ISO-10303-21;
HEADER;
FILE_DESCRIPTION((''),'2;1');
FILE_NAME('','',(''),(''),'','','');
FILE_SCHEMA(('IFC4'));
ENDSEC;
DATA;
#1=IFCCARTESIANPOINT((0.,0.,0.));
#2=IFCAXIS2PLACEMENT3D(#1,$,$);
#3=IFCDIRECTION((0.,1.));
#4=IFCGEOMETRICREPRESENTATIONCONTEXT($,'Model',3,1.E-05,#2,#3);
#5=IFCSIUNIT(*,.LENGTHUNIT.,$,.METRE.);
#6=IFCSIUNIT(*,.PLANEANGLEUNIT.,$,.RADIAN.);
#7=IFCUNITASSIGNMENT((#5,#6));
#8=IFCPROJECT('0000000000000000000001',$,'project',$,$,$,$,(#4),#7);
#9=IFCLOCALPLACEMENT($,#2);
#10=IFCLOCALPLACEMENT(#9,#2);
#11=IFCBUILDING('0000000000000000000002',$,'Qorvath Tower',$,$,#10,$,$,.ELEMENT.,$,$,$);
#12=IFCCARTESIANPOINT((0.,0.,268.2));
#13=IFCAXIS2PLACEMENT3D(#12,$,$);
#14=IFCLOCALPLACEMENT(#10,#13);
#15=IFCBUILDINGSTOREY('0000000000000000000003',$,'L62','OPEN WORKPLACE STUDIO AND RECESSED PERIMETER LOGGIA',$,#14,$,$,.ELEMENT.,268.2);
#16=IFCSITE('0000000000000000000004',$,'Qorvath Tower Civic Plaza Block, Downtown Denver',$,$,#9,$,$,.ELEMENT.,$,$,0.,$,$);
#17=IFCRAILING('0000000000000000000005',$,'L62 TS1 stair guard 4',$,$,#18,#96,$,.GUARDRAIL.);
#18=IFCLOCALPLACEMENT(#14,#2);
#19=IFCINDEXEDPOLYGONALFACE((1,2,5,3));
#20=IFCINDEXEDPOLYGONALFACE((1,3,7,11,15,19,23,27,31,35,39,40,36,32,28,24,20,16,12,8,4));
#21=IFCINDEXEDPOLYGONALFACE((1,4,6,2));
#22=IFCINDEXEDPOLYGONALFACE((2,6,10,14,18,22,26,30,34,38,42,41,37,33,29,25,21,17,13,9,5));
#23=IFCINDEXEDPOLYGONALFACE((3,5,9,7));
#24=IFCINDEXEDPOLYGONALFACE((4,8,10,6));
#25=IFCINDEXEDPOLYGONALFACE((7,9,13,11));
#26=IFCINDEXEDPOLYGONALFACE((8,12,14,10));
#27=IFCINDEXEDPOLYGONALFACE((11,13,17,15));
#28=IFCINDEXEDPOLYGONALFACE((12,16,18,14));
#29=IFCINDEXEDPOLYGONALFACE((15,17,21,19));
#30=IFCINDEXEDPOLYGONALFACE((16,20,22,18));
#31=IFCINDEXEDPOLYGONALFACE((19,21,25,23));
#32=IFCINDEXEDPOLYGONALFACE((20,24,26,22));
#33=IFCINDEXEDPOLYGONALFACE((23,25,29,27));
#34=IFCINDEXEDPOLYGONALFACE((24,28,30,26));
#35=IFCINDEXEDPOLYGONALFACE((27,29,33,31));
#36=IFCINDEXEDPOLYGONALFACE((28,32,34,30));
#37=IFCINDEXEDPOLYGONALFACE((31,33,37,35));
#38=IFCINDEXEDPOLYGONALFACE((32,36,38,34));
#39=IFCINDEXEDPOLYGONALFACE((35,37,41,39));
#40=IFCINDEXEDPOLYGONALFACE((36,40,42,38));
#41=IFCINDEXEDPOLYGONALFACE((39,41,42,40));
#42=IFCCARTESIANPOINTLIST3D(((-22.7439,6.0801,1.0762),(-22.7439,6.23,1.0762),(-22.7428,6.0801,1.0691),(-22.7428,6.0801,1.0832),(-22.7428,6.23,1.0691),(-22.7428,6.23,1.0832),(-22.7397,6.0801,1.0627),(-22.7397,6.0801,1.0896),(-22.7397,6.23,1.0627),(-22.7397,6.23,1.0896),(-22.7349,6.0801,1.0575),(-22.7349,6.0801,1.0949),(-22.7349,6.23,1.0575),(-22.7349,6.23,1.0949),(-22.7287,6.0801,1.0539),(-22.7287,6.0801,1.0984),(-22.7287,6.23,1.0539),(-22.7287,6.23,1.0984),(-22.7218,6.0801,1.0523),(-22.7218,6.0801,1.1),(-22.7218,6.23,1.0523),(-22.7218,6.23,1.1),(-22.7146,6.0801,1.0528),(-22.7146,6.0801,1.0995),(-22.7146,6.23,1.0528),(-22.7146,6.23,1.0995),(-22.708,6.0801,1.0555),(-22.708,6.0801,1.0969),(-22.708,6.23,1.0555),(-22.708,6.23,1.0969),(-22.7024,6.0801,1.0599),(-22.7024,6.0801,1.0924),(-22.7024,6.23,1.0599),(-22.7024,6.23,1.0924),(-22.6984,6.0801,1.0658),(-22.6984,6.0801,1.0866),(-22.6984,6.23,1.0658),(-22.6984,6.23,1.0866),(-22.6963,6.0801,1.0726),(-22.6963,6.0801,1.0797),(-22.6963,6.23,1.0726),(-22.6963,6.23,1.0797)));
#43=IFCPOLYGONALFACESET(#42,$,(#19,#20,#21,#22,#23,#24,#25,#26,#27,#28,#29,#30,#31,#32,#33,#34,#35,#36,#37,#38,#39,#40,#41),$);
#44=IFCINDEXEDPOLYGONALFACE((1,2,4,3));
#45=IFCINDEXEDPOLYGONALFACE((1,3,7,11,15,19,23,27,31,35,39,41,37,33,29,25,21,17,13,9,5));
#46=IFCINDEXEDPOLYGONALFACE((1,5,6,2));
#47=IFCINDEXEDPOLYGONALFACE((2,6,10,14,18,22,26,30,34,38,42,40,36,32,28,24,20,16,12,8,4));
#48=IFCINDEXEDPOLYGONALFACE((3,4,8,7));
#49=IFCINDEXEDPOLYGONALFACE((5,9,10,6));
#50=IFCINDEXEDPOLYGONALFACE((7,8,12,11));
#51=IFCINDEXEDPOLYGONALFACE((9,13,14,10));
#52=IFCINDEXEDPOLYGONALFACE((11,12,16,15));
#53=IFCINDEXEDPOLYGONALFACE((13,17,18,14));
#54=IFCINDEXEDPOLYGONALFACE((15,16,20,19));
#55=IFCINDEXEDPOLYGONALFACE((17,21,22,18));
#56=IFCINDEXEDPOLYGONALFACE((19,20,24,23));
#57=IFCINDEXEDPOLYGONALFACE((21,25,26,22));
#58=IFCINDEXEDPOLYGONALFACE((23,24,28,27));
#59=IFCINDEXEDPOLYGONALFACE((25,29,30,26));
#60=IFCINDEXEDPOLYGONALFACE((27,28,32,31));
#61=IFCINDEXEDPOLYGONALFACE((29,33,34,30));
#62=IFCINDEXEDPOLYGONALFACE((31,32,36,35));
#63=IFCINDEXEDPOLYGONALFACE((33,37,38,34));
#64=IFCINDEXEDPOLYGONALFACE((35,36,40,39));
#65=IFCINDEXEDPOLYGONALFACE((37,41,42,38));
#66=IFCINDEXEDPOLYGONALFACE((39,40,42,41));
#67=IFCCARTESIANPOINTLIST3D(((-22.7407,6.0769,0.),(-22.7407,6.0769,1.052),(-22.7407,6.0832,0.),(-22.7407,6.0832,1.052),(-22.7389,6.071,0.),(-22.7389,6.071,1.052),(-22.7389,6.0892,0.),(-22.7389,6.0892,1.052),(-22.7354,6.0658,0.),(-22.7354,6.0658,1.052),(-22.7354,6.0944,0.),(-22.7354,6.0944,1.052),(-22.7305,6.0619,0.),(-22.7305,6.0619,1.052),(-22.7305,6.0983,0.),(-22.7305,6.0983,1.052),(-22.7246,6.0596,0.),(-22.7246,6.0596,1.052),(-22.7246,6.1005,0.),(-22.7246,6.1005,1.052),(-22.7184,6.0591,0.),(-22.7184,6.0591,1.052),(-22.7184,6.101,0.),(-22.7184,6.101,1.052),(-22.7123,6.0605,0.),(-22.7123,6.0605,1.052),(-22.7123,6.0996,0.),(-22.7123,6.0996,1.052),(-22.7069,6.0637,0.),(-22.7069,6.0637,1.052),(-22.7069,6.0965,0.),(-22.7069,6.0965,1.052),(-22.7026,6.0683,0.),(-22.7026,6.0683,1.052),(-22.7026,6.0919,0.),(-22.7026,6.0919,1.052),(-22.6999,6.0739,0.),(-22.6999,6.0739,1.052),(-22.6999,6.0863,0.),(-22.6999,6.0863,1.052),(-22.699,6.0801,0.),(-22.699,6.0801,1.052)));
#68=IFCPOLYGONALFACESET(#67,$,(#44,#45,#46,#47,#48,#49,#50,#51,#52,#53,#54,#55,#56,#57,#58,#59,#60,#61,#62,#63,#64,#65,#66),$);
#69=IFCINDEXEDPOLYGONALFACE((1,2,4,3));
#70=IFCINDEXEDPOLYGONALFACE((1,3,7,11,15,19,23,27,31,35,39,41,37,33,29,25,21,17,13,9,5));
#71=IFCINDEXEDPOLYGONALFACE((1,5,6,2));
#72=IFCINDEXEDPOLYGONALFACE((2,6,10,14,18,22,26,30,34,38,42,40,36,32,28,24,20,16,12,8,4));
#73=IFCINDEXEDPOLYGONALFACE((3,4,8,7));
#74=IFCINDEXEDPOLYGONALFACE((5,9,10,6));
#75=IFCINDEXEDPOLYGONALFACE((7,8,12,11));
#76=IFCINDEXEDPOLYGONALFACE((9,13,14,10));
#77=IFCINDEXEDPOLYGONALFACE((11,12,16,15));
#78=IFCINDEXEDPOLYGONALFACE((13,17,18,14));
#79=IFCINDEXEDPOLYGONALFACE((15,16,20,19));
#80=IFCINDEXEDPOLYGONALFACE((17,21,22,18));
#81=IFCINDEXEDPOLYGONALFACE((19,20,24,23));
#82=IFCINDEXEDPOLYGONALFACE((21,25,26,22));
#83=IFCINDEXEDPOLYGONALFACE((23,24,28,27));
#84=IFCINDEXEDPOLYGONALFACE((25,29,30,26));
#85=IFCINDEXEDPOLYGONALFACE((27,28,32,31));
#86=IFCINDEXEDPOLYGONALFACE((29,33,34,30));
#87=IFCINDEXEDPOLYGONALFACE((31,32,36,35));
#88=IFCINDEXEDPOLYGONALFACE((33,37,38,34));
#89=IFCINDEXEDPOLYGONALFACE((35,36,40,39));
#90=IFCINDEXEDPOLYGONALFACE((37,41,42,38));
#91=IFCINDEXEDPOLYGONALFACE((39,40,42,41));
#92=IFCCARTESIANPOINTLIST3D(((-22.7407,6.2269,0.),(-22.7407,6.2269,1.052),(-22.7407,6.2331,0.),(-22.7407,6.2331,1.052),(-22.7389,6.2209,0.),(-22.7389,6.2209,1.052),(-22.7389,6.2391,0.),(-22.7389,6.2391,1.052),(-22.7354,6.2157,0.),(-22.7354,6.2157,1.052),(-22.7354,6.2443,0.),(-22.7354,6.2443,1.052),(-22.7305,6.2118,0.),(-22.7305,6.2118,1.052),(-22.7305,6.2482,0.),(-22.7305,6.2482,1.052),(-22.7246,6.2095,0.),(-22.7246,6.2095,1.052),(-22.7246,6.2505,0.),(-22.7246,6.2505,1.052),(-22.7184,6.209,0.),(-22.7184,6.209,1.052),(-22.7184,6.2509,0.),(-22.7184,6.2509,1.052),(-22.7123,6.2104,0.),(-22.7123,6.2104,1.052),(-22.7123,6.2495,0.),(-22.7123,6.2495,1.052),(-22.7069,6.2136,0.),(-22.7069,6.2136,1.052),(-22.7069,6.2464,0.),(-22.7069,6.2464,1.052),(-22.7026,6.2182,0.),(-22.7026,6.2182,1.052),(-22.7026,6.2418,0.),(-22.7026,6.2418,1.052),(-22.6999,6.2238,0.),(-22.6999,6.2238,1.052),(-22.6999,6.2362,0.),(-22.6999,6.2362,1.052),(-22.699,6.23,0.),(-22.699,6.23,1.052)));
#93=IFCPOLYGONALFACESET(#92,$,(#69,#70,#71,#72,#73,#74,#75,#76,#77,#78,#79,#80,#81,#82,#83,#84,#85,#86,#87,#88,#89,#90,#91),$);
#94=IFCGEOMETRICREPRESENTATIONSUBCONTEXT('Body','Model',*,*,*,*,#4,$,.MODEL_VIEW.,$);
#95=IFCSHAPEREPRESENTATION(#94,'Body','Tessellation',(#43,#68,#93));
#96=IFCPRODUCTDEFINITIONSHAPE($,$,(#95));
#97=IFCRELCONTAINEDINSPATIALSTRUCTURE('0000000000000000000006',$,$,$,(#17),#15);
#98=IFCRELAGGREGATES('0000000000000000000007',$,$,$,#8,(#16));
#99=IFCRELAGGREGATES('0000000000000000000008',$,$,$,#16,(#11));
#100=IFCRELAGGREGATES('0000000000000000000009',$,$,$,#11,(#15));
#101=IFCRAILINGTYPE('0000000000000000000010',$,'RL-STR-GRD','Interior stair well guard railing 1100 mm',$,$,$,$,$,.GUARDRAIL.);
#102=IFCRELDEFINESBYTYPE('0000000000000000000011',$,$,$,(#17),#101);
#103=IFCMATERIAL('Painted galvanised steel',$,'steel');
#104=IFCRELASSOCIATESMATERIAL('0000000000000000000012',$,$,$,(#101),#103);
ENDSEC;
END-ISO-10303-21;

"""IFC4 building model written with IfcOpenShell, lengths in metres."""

from ifc_helpers import new_model, si_unit, direction, frame, origin, origin_2d, place, context, subcontext, project, spatial, circle, extrude, material, type_object, element, save


model = new_model("IFC4")

# Units and contexts
model_context = context("Model", 3, precision=1e-05, world=origin(), true_north=direction((0.0, 1.0)))
body_context = subcontext(model_context, "Body", "Model", "MODEL_VIEW")
ifc_project = project(units=[si_unit("LENGTHUNIT", "METRE"), si_unit("PLANEANGLEUNIT", "RADIAN")], contexts=[model_context])

# Site, building, storey
site_placement = place(None, origin())
site = spatial("IfcSite", under=ifc_project, at=site_placement, Name="Qorvath Tower Civic Plaza Block, Downtown Denver", CompositionType="ELEMENT", RefElevation=0.0)
building_placement = place(site_placement, origin())
building = spatial("IfcBuilding", under=site, at=building_placement, Name="Qorvath Tower", CompositionType="ELEMENT")
storey_placement = place(building_placement, frame((0.0, 0.0, 268.2)))
storey = spatial("IfcBuildingStorey", under=building, at=storey_placement, Name="L62", Description="OPEN WORKPLACE STUDIO AND RECESSED PERIMETER LOGGIA", CompositionType="ELEMENT", Elevation=268.2)

# Railing
ifc_material_1 = material(Name="Painted galvanised steel", Category="steel")
railing_type_1 = type_object("IfcRailingType", Name="RL-STR-GRD", Description="Interior stair well guard railing 1100 mm", PredefinedType="GUARDRAIL", material=ifc_material_1)
railing_1_placement = place(storey_placement, frame((-22.72, 6.0801, 0.0)))
element("IfcRailing", 1, at=railing_1_placement, inside=storey, type_object=railing_type_1, Name="L62 TS1 stair guard 4", PredefinedType="GUARDRAIL", context=body_context, shape_type="SweptSolid", body=[
    extrude(circle(Radius=0.0239, at=origin_2d()), frame((0.0, 0.0, 1.0762), z_axis=(0.0, 1.0, 0.0), x_axis=(-1.0, 0.0, 0.0)), (0.0, 0.0, 1.0), 0.1499),
    extrude(circle(Radius=0.021, at=origin_2d()), origin(), (0.0, 0.0, 1.0), 1.052),
    extrude(circle(Radius=0.021, at=origin_2d()), frame((0.0, 0.1499, 0.0)), (0.0, 0.0, 1.0), 1.052),
])

save(model, "model.ifc")
